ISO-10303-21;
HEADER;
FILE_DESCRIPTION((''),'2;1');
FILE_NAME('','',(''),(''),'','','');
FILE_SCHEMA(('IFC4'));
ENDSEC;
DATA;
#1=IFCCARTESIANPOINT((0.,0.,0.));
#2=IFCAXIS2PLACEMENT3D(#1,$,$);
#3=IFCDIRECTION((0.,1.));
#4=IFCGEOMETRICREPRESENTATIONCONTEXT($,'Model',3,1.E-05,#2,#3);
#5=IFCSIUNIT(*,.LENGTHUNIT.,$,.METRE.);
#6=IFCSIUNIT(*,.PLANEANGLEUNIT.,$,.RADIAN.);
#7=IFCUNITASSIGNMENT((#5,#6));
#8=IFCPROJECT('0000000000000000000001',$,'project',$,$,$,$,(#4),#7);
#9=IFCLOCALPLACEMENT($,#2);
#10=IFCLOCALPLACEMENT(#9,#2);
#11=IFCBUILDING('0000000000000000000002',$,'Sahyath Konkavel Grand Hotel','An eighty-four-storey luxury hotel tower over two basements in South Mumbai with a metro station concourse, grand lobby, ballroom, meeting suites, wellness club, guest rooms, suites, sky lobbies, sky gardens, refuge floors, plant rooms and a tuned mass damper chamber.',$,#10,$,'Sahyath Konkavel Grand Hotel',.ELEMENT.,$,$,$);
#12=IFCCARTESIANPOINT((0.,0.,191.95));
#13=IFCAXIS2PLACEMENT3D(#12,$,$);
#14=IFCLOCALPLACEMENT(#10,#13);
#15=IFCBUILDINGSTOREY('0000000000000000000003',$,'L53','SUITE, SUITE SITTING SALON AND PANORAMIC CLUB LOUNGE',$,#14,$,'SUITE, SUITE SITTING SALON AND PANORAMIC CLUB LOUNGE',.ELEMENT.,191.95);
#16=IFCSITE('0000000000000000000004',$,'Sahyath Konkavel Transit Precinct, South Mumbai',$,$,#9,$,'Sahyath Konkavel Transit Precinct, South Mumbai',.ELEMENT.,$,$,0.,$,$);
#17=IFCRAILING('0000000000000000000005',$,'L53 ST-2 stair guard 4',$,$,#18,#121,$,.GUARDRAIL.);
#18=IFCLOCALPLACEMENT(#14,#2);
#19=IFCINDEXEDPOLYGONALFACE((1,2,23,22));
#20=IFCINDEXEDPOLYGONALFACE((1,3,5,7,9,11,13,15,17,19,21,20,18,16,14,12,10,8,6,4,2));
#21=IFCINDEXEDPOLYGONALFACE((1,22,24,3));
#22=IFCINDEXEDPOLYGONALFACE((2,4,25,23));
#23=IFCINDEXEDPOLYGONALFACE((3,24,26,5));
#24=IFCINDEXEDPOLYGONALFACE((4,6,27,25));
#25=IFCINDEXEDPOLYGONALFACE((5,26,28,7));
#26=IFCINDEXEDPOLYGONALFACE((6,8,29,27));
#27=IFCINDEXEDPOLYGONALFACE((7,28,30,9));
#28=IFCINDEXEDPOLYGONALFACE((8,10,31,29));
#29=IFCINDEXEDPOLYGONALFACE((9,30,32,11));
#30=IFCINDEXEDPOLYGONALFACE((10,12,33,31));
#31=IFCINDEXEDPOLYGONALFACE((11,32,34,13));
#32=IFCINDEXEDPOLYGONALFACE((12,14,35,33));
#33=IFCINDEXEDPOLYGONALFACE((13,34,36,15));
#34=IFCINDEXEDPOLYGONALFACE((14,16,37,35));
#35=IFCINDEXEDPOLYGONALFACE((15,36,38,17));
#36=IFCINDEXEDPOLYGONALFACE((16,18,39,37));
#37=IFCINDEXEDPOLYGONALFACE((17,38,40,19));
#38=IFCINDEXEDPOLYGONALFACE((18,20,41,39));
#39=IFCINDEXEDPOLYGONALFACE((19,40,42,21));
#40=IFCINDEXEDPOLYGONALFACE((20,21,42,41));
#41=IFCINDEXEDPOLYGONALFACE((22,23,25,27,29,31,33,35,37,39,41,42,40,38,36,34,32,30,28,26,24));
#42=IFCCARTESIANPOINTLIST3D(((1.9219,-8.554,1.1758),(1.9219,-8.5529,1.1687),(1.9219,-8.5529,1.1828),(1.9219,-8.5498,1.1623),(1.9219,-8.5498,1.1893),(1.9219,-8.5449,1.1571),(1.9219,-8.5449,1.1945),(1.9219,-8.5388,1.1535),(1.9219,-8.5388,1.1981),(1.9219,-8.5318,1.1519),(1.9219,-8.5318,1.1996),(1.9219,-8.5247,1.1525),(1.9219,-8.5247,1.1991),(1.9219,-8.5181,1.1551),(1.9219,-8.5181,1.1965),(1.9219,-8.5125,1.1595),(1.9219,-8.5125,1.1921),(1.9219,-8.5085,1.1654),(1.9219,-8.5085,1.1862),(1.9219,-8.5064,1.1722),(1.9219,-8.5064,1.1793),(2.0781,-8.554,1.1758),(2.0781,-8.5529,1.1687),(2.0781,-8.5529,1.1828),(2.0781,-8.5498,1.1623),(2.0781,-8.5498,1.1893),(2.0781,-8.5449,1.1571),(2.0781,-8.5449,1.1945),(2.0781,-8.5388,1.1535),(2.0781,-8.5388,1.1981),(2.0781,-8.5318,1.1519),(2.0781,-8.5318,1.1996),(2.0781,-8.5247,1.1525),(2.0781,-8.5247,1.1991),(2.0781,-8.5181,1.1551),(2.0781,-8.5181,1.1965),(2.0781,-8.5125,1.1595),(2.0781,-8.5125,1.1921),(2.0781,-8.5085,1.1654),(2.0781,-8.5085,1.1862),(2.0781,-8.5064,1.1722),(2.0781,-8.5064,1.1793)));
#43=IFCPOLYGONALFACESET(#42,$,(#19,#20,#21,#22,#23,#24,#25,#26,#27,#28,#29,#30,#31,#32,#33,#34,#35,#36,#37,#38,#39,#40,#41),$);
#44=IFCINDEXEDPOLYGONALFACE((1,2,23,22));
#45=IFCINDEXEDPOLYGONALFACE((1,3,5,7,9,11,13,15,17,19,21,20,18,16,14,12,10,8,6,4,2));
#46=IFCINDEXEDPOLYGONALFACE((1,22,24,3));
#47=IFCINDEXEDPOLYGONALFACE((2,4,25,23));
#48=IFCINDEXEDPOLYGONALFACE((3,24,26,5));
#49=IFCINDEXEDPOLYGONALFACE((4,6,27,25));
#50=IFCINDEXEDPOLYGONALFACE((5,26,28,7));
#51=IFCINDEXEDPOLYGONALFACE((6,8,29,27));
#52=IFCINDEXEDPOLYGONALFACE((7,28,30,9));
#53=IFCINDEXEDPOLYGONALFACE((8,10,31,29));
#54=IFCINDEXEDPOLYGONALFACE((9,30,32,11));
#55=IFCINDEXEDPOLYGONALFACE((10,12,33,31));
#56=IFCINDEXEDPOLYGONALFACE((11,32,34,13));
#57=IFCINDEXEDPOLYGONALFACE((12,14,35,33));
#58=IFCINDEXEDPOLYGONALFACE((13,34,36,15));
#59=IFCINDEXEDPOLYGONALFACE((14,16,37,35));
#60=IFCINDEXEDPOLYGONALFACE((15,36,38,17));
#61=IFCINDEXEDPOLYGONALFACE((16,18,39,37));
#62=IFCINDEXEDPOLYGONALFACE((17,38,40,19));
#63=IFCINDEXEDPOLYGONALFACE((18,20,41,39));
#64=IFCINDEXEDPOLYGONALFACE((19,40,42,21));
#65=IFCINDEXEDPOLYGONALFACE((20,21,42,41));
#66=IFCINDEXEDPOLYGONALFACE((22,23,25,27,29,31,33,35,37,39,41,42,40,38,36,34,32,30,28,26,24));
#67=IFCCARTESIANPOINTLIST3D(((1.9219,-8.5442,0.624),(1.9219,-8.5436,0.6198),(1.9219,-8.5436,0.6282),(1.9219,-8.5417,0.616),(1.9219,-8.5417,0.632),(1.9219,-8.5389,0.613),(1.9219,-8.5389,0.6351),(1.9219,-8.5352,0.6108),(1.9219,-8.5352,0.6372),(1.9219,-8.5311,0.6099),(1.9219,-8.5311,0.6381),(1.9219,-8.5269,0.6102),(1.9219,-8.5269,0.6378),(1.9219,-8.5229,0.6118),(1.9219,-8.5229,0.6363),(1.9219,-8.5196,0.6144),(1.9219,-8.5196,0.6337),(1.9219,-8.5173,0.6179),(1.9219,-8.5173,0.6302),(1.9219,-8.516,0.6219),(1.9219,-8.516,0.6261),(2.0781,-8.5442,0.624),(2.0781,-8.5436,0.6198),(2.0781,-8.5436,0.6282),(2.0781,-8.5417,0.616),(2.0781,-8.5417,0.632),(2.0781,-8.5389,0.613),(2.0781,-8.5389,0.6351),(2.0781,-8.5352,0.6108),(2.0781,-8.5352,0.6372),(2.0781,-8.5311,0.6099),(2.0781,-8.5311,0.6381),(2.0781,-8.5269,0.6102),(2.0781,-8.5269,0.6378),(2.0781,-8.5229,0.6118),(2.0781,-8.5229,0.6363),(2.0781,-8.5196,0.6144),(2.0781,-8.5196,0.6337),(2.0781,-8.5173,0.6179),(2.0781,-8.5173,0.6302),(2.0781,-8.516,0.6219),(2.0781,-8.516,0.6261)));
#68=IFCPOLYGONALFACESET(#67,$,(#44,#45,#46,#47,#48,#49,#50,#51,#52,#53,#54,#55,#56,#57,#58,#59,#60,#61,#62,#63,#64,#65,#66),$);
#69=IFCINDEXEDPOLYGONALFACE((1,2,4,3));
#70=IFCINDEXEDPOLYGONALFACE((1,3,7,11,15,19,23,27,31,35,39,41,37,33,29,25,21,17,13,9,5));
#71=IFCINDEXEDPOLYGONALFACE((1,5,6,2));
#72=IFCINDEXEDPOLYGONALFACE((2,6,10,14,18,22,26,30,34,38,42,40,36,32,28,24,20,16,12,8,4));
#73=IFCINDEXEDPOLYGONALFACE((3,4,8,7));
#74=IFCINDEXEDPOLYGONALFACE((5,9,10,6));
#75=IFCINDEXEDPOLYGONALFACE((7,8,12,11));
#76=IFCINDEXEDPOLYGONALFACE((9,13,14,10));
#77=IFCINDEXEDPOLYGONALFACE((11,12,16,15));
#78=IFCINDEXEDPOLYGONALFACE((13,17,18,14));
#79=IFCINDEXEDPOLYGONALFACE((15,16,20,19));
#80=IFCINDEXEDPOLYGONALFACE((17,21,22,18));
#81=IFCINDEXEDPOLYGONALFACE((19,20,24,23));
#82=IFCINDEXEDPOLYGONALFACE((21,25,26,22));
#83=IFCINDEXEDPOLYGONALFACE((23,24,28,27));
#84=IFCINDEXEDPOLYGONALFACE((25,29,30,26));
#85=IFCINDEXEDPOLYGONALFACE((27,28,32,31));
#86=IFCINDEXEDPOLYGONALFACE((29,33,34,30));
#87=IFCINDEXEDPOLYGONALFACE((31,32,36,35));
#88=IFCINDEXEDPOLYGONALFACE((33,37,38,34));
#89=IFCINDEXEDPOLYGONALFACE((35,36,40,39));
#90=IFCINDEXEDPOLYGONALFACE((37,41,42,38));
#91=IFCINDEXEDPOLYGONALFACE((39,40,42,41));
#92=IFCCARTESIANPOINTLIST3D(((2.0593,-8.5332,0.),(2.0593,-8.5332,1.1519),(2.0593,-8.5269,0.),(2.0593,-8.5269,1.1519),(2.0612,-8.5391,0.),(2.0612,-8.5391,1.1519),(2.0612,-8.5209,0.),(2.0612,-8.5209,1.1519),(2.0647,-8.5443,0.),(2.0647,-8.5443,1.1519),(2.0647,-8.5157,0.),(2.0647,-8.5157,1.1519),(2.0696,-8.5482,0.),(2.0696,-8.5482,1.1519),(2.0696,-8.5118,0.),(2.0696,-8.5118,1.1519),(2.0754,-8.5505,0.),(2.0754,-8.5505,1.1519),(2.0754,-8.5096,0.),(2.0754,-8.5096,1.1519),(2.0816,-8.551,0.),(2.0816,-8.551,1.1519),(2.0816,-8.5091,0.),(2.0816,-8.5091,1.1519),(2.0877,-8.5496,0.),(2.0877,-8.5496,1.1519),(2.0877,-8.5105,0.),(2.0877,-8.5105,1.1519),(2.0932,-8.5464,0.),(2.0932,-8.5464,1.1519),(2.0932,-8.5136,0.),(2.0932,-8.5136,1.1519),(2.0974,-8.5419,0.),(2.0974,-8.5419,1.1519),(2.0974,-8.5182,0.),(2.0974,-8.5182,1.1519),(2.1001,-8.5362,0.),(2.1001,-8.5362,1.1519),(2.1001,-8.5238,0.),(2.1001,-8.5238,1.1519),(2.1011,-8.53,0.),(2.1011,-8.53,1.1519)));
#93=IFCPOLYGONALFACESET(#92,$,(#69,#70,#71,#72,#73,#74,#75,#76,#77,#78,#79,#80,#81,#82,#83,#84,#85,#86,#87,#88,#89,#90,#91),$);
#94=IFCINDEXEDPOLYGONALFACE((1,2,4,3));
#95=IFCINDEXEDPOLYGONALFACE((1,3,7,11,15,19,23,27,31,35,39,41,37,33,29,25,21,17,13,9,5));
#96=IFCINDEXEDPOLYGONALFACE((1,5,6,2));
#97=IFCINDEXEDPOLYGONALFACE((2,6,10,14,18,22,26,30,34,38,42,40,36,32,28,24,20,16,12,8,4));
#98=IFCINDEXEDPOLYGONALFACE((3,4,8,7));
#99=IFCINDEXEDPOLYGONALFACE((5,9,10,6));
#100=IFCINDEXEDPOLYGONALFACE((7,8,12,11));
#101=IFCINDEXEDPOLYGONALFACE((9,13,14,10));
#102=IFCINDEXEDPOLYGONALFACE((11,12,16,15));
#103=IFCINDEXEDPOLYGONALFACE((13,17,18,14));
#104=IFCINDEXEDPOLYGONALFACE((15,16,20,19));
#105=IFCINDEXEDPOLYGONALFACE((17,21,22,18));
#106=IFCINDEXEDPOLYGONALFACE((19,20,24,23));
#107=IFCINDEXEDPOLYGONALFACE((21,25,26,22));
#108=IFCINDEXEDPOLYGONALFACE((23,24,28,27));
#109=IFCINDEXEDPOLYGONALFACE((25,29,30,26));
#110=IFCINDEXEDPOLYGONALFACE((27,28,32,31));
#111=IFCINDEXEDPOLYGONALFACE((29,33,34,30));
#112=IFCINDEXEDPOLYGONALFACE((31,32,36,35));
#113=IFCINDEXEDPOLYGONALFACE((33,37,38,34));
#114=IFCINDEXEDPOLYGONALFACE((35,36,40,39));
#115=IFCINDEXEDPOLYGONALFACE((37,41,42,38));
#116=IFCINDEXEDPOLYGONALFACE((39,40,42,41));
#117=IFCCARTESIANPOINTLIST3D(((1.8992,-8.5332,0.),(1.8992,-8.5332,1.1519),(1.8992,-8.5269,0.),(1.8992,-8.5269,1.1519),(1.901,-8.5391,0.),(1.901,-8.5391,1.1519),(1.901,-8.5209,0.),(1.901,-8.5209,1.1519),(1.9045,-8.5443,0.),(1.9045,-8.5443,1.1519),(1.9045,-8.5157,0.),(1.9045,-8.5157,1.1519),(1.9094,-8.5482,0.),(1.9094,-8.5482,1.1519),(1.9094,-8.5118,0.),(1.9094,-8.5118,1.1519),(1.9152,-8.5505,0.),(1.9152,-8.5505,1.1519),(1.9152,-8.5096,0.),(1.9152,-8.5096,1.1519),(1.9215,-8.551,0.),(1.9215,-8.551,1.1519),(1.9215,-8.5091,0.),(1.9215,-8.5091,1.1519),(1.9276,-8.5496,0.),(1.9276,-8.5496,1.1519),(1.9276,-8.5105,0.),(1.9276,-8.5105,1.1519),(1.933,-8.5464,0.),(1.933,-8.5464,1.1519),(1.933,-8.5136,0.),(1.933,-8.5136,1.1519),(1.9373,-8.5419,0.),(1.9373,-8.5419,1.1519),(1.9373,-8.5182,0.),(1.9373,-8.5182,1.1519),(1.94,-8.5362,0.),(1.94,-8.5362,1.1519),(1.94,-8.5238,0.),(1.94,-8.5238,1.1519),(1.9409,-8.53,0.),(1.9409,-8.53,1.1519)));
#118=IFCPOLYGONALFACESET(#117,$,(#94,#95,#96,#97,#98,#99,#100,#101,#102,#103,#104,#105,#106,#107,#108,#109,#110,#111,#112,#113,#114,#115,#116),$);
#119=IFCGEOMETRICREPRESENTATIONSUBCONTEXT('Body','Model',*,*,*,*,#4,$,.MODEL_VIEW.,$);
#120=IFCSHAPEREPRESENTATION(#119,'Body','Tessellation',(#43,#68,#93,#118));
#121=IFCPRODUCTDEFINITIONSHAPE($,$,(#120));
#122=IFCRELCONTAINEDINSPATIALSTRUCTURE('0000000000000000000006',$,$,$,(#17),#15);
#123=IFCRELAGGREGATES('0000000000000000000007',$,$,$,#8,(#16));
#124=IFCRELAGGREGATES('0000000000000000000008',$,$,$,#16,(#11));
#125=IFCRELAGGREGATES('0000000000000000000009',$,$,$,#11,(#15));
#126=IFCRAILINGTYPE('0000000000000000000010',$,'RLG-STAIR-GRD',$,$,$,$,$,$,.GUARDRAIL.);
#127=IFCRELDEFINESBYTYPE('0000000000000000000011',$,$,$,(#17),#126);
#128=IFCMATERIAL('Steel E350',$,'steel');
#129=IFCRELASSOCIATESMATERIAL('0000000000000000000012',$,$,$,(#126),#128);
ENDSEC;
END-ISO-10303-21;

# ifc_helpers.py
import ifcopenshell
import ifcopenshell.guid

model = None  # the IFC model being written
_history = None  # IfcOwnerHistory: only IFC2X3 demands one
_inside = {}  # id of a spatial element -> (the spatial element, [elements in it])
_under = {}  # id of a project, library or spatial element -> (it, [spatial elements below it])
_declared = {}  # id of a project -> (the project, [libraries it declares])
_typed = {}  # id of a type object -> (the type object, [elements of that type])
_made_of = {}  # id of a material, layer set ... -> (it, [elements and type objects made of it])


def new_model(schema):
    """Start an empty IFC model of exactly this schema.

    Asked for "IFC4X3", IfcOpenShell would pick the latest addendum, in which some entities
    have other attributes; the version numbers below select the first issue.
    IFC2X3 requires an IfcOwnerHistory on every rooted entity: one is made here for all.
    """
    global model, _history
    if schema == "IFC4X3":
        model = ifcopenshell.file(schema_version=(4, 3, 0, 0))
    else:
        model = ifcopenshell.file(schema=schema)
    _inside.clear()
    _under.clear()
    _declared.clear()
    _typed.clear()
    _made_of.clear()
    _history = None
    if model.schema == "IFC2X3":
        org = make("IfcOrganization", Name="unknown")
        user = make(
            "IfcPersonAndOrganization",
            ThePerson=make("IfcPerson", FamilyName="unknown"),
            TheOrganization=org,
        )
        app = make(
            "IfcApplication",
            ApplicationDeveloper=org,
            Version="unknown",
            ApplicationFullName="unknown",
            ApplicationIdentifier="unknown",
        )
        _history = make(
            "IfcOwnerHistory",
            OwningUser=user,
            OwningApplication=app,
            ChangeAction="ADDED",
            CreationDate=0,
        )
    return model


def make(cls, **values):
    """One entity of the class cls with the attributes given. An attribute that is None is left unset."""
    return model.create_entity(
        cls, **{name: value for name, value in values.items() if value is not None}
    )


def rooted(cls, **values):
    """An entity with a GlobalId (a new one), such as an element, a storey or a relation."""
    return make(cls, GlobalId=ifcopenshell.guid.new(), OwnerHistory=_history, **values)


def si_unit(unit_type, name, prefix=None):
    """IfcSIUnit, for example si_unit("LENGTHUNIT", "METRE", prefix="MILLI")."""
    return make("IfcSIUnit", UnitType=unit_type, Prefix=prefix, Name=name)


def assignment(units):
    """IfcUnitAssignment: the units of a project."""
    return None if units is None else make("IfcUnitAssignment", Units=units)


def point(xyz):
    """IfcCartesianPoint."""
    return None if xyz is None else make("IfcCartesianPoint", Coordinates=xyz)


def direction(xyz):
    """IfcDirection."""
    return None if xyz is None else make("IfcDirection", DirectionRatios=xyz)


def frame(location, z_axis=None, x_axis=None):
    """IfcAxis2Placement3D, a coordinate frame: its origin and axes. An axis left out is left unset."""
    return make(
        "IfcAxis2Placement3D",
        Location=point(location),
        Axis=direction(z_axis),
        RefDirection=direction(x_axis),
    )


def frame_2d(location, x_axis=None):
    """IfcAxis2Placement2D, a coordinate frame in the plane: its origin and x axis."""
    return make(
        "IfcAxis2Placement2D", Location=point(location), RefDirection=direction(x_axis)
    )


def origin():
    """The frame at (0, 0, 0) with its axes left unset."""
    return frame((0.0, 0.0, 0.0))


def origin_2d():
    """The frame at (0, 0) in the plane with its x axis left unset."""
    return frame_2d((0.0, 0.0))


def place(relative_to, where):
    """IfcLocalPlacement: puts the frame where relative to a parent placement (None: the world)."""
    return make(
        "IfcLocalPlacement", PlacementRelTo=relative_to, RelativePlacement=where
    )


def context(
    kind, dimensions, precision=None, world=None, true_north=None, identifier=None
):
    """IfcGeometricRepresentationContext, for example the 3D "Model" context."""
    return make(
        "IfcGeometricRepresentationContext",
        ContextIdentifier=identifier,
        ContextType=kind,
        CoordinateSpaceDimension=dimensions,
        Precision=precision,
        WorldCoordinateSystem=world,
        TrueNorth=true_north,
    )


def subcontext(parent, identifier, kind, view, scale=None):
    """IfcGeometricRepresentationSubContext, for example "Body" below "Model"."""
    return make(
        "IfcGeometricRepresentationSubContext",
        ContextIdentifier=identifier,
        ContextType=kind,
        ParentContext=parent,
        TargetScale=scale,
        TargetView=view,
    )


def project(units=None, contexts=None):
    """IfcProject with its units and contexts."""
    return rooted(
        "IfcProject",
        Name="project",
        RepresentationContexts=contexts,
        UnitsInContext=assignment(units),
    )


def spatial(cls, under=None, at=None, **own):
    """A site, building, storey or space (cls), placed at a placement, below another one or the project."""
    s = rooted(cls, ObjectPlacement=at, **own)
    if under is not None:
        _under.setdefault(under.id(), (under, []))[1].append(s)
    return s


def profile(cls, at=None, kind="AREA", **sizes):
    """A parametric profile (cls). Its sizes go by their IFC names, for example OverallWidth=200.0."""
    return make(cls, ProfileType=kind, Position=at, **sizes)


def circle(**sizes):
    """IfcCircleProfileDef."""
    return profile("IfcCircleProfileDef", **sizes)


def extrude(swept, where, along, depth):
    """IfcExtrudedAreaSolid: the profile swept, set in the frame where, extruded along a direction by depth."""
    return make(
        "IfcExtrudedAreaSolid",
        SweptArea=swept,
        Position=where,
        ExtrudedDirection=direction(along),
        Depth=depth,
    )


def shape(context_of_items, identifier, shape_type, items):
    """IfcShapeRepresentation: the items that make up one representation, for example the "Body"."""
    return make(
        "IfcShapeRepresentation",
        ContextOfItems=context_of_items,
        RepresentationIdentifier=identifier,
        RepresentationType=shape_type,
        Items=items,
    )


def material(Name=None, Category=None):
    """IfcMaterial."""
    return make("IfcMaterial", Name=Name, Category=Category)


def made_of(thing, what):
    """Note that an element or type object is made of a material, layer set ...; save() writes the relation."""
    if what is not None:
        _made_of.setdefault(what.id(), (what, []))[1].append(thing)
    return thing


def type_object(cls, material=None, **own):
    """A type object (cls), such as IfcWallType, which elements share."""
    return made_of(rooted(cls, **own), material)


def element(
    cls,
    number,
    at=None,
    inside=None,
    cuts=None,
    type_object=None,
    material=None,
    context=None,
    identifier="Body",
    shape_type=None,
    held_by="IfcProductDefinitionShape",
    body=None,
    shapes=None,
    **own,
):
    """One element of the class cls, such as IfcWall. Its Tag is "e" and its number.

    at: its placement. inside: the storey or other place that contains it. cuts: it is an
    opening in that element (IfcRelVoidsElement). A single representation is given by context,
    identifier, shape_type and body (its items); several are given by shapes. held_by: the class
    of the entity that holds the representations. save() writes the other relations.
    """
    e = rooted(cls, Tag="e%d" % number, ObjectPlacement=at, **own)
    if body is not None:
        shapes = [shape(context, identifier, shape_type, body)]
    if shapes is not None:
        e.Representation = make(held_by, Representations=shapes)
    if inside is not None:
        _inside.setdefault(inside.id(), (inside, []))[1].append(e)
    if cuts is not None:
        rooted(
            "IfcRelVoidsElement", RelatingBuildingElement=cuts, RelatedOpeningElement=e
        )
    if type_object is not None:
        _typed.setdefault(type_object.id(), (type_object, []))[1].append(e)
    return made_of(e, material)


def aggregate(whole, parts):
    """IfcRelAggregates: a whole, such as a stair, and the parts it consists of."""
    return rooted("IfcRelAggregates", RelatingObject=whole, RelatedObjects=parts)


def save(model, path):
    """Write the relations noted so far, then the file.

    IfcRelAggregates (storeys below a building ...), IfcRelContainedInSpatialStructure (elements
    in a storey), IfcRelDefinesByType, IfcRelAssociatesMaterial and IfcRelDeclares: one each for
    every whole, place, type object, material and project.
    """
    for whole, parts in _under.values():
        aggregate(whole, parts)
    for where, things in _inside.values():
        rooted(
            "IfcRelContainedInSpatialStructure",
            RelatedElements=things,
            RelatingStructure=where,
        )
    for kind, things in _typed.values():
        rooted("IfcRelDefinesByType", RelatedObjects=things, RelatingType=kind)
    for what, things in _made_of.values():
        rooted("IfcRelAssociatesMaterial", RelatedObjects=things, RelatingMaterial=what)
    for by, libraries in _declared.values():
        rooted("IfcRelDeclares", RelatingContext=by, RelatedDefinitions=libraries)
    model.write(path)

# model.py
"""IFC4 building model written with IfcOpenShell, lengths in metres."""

from ifc_helpers import new_model, si_unit, direction, frame, origin, origin_2d, place, context, subcontext, project, spatial, circle, extrude, material, type_object, element, save


model = new_model("IFC4")

# Units and contexts
model_context = context("Model", 3, precision=1e-05, world=origin(), true_north=direction((0.0, 1.0)))
body_context = subcontext(model_context, "Body", "Model", "MODEL_VIEW")
ifc_project = project(units=[si_unit("LENGTHUNIT", "METRE"), si_unit("PLANEANGLEUNIT", "RADIAN")], contexts=[model_context])

# Site, building, storey
site_placement = place(None, origin())
site = spatial("IfcSite", under=ifc_project, at=site_placement, Name="Sahyath Konkavel Transit Precinct, South Mumbai", LongName="Sahyath Konkavel Transit Precinct, South Mumbai", CompositionType="ELEMENT", RefElevation=0.0)
building_placement = place(site_placement, origin())
building = spatial("IfcBuilding", under=site, at=building_placement, Name="Sahyath Konkavel Grand Hotel", Description="An eighty-four-storey luxury hotel tower over two basements in South Mumbai with a metro station concourse, grand lobby, ballroom, meeting suites, wellness club, guest rooms, suites, sky lobbies, sky gardens, refuge floors, plant rooms and a tuned mass damper chamber.", LongName="Sahyath Konkavel Grand Hotel", CompositionType="ELEMENT")
storey_placement = place(building_placement, frame((0.0, 0.0, 191.95)))
storey = spatial("IfcBuildingStorey", under=building, at=storey_placement, Name="L53", Description="SUITE, SUITE SITTING SALON AND PANORAMIC CLUB LOUNGE", LongName="SUITE, SUITE SITTING SALON AND PANORAMIC CLUB LOUNGE", CompositionType="ELEMENT", Elevation=191.95)

# Shared definitions
ifc_material_1 = material(Name="Steel E350", Category="steel")

# Railing
railing_type_1 = type_object("IfcRailingType", Name="RLG-STAIR-GRD", PredefinedType="GUARDRAIL", material=ifc_material_1)
railing_1_placement = place(storey_placement, frame((2.0801, -8.53, 0.0)))
element("IfcRailing", 1, at=railing_1_placement, inside=storey, type_object=railing_type_1, Name="L53 ST-2 stair guard 4", PredefinedType="GUARDRAIL", context=body_context, shape_type="SweptSolid", body=[
    extrude(circle(Radius=0.0239, at=origin_2d()), frame((-0.002, 0.0, 1.1758), z_axis=(-1.0, 0.0, 0.0), x_axis=(0.0, -1.0, 0.0)), (0.0, 0.0, 1.0), 0.1562),
    extrude(circle(Radius=0.0142, at=origin_2d()), frame((-0.002, 0.0, 0.624), z_axis=(-1.0, 0.0, 0.0), x_axis=(0.0, -1.0, 0.0)), (0.0, 0.0, 1.0), 0.1562),
    extrude(circle(Radius=0.021, at=origin_2d()), origin(), (0.0, 0.0, 1.0), 1.1519),
    extrude(circle(Radius=0.021, at=origin_2d()), frame((-0.1602, 0.0, 0.0)), (0.0, 0.0, 1.0), 1.1519),
])

save(model, "model.ifc")
